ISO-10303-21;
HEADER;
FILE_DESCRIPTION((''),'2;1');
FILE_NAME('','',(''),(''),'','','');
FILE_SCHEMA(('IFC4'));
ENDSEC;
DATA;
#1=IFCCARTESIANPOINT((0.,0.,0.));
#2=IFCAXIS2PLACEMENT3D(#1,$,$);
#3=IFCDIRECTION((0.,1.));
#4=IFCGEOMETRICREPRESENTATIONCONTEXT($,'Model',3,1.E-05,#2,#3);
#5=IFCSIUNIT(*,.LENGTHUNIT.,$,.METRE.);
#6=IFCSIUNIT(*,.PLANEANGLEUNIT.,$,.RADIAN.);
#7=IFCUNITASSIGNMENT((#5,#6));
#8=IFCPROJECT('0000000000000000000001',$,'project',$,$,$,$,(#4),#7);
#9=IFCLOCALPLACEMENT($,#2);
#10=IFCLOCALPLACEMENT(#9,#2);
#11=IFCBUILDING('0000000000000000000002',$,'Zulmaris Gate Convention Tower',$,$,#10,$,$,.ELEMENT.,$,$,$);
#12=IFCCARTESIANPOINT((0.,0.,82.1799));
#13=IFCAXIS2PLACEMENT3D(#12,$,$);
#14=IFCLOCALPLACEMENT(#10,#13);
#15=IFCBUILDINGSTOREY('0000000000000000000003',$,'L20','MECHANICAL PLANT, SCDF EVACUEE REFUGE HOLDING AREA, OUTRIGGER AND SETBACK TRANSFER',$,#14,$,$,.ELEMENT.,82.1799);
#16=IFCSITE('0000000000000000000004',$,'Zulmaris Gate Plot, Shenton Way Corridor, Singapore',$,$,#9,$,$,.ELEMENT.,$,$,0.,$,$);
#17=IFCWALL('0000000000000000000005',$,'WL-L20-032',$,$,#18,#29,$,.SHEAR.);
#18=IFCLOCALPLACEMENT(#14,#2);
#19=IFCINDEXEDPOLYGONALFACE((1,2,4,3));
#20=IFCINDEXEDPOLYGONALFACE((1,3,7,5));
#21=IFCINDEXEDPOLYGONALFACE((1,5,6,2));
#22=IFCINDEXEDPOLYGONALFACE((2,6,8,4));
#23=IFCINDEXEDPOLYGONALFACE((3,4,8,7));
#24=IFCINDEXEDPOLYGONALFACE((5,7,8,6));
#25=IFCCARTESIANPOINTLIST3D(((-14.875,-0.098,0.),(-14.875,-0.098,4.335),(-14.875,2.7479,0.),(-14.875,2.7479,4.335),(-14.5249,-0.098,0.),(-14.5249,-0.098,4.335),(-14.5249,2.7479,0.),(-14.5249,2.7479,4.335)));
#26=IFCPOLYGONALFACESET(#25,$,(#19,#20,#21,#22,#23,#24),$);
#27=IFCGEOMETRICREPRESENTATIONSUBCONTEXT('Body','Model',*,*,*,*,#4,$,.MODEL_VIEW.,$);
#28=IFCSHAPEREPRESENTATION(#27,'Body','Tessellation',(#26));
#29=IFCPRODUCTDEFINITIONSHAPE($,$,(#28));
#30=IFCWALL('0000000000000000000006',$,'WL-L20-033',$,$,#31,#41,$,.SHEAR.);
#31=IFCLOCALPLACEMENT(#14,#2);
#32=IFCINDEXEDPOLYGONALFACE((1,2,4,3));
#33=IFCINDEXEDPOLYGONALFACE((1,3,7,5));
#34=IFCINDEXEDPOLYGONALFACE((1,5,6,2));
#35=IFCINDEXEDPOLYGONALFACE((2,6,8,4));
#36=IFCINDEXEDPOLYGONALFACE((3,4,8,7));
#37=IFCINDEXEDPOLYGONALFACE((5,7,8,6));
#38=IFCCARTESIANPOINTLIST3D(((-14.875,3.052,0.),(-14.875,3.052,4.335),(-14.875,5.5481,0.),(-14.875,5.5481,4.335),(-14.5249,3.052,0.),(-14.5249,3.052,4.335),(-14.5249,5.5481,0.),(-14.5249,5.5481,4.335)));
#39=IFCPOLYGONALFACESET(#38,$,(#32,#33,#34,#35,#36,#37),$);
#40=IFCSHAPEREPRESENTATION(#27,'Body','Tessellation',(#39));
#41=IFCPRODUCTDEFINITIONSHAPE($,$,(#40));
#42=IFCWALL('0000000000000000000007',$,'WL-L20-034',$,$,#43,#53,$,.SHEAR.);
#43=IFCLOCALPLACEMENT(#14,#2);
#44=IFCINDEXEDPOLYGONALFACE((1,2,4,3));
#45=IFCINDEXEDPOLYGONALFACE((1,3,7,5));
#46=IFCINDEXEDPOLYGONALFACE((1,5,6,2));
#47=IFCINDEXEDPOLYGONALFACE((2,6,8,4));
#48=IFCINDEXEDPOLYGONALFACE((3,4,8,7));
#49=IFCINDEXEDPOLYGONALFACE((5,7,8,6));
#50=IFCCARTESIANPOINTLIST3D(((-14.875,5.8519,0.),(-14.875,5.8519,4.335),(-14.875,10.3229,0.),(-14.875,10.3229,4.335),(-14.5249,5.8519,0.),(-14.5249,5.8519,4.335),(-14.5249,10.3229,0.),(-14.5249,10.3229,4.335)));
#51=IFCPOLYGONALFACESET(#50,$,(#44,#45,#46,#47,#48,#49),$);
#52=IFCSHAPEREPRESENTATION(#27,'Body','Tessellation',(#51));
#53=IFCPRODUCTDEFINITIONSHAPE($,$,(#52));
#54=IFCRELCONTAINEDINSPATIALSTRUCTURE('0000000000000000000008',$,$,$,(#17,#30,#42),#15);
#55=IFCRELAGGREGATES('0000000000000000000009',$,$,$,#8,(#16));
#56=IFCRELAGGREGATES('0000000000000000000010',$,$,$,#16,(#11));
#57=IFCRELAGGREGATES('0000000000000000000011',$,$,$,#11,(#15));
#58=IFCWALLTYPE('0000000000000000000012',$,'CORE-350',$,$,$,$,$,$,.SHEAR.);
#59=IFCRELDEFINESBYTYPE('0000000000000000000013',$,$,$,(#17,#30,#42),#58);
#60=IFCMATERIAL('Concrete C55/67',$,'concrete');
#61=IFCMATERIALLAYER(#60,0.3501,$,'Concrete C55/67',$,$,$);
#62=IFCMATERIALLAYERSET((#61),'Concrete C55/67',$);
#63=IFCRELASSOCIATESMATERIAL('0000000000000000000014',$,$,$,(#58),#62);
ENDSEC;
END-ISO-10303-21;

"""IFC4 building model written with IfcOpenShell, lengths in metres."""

from ifc_helpers import new_model, si_unit, direction, frame, frame_2d, origin, place, context, subcontext, project, spatial, rectangle, extrude, material, layer, layer_set, type_object, element, save


model = new_model("IFC4")

# Units and contexts
model_context = context("Model", 3, precision=1e-05, world=origin(), true_north=direction((0.0, 1.0)))
body_context = subcontext(model_context, "Body", "Model", "MODEL_VIEW")
ifc_project = project(units=[si_unit("LENGTHUNIT", "METRE"), si_unit("PLANEANGLEUNIT", "RADIAN")], contexts=[model_context])

# Site, building, storey
site_placement = place(None, origin())
site = spatial("IfcSite", under=ifc_project, at=site_placement, Name="Zulmaris Gate Plot, Shenton Way Corridor, Singapore", CompositionType="ELEMENT", RefElevation=0.0)
building_placement = place(site_placement, origin())
building = spatial("IfcBuilding", under=site, at=building_placement, Name="Zulmaris Gate Convention Tower", CompositionType="ELEMENT")
storey_placement = place(building_placement, frame((0.0, 0.0, 82.1799)))
storey = spatial("IfcBuildingStorey", under=building, at=storey_placement, Name="L20", Description="MECHANICAL PLANT, SCDF EVACUEE REFUGE HOLDING AREA, OUTRIGGER AND SETBACK TRANSFER", CompositionType="ELEMENT", Elevation=82.1799)

# Walls
ifc_material_1 = material(Name="Concrete C55/67", Category="concrete")
ifc_layer_1 = layer(ifc_material_1, 0.3501, Name="Concrete C55/67")
ifc_layer_set_1 = layer_set([ifc_layer_1], Name="Concrete C55/67")
wall_type_1 = type_object("IfcWallType", Name="CORE-350", PredefinedType="SHEAR", material=ifc_layer_set_1)
wall_1_placement = place(storey_placement, frame((-14.7, -0.0979, 0.0), z_axis=(0.0, 0.0, 1.0), x_axis=(0.0, 1.0, 0.0)))
element("IfcWall", 1, at=wall_1_placement, inside=storey, type_object=wall_type_1, Name="WL-L20-032", PredefinedType="SHEAR", context=body_context, shape_type="SweptSolid", body=[
    extrude(rectangle(XDim=2.8459, YDim=0.3501, at=frame_2d((1.4229, 0.0))), origin(), (0.0, 0.0, 1.0), 4.335),
])
wall_2_placement = place(storey_placement, frame((-14.7, 3.052, 0.0), z_axis=(0.0, 0.0, 1.0), x_axis=(0.0, 1.0, 0.0)))
element("IfcWall", 2, at=wall_2_placement, inside=storey, type_object=wall_type_1, Name="WL-L20-033", PredefinedType="SHEAR", context=body_context, shape_type="SweptSolid", body=[
    extrude(rectangle(XDim=2.4961, YDim=0.3501, at=frame_2d((1.248, 0.0))), origin(), (0.0, 0.0, 1.0), 4.335),
])
wall_3_placement = place(storey_placement, frame((-14.7, 5.8521, 0.0), z_axis=(0.0, 0.0, 1.0), x_axis=(0.0, 1.0, 0.0)))
element("IfcWall", 3, at=wall_3_placement, inside=storey, type_object=wall_type_1, Name="WL-L20-034", PredefinedType="SHEAR", context=body_context, shape_type="SweptSolid", body=[
    extrude(rectangle(XDim=4.4709, YDim=0.3501, at=frame_2d((2.2354, 0.0))), origin(), (0.0, 0.0, 1.0), 4.335),
])

save(model, "model.ifc")
